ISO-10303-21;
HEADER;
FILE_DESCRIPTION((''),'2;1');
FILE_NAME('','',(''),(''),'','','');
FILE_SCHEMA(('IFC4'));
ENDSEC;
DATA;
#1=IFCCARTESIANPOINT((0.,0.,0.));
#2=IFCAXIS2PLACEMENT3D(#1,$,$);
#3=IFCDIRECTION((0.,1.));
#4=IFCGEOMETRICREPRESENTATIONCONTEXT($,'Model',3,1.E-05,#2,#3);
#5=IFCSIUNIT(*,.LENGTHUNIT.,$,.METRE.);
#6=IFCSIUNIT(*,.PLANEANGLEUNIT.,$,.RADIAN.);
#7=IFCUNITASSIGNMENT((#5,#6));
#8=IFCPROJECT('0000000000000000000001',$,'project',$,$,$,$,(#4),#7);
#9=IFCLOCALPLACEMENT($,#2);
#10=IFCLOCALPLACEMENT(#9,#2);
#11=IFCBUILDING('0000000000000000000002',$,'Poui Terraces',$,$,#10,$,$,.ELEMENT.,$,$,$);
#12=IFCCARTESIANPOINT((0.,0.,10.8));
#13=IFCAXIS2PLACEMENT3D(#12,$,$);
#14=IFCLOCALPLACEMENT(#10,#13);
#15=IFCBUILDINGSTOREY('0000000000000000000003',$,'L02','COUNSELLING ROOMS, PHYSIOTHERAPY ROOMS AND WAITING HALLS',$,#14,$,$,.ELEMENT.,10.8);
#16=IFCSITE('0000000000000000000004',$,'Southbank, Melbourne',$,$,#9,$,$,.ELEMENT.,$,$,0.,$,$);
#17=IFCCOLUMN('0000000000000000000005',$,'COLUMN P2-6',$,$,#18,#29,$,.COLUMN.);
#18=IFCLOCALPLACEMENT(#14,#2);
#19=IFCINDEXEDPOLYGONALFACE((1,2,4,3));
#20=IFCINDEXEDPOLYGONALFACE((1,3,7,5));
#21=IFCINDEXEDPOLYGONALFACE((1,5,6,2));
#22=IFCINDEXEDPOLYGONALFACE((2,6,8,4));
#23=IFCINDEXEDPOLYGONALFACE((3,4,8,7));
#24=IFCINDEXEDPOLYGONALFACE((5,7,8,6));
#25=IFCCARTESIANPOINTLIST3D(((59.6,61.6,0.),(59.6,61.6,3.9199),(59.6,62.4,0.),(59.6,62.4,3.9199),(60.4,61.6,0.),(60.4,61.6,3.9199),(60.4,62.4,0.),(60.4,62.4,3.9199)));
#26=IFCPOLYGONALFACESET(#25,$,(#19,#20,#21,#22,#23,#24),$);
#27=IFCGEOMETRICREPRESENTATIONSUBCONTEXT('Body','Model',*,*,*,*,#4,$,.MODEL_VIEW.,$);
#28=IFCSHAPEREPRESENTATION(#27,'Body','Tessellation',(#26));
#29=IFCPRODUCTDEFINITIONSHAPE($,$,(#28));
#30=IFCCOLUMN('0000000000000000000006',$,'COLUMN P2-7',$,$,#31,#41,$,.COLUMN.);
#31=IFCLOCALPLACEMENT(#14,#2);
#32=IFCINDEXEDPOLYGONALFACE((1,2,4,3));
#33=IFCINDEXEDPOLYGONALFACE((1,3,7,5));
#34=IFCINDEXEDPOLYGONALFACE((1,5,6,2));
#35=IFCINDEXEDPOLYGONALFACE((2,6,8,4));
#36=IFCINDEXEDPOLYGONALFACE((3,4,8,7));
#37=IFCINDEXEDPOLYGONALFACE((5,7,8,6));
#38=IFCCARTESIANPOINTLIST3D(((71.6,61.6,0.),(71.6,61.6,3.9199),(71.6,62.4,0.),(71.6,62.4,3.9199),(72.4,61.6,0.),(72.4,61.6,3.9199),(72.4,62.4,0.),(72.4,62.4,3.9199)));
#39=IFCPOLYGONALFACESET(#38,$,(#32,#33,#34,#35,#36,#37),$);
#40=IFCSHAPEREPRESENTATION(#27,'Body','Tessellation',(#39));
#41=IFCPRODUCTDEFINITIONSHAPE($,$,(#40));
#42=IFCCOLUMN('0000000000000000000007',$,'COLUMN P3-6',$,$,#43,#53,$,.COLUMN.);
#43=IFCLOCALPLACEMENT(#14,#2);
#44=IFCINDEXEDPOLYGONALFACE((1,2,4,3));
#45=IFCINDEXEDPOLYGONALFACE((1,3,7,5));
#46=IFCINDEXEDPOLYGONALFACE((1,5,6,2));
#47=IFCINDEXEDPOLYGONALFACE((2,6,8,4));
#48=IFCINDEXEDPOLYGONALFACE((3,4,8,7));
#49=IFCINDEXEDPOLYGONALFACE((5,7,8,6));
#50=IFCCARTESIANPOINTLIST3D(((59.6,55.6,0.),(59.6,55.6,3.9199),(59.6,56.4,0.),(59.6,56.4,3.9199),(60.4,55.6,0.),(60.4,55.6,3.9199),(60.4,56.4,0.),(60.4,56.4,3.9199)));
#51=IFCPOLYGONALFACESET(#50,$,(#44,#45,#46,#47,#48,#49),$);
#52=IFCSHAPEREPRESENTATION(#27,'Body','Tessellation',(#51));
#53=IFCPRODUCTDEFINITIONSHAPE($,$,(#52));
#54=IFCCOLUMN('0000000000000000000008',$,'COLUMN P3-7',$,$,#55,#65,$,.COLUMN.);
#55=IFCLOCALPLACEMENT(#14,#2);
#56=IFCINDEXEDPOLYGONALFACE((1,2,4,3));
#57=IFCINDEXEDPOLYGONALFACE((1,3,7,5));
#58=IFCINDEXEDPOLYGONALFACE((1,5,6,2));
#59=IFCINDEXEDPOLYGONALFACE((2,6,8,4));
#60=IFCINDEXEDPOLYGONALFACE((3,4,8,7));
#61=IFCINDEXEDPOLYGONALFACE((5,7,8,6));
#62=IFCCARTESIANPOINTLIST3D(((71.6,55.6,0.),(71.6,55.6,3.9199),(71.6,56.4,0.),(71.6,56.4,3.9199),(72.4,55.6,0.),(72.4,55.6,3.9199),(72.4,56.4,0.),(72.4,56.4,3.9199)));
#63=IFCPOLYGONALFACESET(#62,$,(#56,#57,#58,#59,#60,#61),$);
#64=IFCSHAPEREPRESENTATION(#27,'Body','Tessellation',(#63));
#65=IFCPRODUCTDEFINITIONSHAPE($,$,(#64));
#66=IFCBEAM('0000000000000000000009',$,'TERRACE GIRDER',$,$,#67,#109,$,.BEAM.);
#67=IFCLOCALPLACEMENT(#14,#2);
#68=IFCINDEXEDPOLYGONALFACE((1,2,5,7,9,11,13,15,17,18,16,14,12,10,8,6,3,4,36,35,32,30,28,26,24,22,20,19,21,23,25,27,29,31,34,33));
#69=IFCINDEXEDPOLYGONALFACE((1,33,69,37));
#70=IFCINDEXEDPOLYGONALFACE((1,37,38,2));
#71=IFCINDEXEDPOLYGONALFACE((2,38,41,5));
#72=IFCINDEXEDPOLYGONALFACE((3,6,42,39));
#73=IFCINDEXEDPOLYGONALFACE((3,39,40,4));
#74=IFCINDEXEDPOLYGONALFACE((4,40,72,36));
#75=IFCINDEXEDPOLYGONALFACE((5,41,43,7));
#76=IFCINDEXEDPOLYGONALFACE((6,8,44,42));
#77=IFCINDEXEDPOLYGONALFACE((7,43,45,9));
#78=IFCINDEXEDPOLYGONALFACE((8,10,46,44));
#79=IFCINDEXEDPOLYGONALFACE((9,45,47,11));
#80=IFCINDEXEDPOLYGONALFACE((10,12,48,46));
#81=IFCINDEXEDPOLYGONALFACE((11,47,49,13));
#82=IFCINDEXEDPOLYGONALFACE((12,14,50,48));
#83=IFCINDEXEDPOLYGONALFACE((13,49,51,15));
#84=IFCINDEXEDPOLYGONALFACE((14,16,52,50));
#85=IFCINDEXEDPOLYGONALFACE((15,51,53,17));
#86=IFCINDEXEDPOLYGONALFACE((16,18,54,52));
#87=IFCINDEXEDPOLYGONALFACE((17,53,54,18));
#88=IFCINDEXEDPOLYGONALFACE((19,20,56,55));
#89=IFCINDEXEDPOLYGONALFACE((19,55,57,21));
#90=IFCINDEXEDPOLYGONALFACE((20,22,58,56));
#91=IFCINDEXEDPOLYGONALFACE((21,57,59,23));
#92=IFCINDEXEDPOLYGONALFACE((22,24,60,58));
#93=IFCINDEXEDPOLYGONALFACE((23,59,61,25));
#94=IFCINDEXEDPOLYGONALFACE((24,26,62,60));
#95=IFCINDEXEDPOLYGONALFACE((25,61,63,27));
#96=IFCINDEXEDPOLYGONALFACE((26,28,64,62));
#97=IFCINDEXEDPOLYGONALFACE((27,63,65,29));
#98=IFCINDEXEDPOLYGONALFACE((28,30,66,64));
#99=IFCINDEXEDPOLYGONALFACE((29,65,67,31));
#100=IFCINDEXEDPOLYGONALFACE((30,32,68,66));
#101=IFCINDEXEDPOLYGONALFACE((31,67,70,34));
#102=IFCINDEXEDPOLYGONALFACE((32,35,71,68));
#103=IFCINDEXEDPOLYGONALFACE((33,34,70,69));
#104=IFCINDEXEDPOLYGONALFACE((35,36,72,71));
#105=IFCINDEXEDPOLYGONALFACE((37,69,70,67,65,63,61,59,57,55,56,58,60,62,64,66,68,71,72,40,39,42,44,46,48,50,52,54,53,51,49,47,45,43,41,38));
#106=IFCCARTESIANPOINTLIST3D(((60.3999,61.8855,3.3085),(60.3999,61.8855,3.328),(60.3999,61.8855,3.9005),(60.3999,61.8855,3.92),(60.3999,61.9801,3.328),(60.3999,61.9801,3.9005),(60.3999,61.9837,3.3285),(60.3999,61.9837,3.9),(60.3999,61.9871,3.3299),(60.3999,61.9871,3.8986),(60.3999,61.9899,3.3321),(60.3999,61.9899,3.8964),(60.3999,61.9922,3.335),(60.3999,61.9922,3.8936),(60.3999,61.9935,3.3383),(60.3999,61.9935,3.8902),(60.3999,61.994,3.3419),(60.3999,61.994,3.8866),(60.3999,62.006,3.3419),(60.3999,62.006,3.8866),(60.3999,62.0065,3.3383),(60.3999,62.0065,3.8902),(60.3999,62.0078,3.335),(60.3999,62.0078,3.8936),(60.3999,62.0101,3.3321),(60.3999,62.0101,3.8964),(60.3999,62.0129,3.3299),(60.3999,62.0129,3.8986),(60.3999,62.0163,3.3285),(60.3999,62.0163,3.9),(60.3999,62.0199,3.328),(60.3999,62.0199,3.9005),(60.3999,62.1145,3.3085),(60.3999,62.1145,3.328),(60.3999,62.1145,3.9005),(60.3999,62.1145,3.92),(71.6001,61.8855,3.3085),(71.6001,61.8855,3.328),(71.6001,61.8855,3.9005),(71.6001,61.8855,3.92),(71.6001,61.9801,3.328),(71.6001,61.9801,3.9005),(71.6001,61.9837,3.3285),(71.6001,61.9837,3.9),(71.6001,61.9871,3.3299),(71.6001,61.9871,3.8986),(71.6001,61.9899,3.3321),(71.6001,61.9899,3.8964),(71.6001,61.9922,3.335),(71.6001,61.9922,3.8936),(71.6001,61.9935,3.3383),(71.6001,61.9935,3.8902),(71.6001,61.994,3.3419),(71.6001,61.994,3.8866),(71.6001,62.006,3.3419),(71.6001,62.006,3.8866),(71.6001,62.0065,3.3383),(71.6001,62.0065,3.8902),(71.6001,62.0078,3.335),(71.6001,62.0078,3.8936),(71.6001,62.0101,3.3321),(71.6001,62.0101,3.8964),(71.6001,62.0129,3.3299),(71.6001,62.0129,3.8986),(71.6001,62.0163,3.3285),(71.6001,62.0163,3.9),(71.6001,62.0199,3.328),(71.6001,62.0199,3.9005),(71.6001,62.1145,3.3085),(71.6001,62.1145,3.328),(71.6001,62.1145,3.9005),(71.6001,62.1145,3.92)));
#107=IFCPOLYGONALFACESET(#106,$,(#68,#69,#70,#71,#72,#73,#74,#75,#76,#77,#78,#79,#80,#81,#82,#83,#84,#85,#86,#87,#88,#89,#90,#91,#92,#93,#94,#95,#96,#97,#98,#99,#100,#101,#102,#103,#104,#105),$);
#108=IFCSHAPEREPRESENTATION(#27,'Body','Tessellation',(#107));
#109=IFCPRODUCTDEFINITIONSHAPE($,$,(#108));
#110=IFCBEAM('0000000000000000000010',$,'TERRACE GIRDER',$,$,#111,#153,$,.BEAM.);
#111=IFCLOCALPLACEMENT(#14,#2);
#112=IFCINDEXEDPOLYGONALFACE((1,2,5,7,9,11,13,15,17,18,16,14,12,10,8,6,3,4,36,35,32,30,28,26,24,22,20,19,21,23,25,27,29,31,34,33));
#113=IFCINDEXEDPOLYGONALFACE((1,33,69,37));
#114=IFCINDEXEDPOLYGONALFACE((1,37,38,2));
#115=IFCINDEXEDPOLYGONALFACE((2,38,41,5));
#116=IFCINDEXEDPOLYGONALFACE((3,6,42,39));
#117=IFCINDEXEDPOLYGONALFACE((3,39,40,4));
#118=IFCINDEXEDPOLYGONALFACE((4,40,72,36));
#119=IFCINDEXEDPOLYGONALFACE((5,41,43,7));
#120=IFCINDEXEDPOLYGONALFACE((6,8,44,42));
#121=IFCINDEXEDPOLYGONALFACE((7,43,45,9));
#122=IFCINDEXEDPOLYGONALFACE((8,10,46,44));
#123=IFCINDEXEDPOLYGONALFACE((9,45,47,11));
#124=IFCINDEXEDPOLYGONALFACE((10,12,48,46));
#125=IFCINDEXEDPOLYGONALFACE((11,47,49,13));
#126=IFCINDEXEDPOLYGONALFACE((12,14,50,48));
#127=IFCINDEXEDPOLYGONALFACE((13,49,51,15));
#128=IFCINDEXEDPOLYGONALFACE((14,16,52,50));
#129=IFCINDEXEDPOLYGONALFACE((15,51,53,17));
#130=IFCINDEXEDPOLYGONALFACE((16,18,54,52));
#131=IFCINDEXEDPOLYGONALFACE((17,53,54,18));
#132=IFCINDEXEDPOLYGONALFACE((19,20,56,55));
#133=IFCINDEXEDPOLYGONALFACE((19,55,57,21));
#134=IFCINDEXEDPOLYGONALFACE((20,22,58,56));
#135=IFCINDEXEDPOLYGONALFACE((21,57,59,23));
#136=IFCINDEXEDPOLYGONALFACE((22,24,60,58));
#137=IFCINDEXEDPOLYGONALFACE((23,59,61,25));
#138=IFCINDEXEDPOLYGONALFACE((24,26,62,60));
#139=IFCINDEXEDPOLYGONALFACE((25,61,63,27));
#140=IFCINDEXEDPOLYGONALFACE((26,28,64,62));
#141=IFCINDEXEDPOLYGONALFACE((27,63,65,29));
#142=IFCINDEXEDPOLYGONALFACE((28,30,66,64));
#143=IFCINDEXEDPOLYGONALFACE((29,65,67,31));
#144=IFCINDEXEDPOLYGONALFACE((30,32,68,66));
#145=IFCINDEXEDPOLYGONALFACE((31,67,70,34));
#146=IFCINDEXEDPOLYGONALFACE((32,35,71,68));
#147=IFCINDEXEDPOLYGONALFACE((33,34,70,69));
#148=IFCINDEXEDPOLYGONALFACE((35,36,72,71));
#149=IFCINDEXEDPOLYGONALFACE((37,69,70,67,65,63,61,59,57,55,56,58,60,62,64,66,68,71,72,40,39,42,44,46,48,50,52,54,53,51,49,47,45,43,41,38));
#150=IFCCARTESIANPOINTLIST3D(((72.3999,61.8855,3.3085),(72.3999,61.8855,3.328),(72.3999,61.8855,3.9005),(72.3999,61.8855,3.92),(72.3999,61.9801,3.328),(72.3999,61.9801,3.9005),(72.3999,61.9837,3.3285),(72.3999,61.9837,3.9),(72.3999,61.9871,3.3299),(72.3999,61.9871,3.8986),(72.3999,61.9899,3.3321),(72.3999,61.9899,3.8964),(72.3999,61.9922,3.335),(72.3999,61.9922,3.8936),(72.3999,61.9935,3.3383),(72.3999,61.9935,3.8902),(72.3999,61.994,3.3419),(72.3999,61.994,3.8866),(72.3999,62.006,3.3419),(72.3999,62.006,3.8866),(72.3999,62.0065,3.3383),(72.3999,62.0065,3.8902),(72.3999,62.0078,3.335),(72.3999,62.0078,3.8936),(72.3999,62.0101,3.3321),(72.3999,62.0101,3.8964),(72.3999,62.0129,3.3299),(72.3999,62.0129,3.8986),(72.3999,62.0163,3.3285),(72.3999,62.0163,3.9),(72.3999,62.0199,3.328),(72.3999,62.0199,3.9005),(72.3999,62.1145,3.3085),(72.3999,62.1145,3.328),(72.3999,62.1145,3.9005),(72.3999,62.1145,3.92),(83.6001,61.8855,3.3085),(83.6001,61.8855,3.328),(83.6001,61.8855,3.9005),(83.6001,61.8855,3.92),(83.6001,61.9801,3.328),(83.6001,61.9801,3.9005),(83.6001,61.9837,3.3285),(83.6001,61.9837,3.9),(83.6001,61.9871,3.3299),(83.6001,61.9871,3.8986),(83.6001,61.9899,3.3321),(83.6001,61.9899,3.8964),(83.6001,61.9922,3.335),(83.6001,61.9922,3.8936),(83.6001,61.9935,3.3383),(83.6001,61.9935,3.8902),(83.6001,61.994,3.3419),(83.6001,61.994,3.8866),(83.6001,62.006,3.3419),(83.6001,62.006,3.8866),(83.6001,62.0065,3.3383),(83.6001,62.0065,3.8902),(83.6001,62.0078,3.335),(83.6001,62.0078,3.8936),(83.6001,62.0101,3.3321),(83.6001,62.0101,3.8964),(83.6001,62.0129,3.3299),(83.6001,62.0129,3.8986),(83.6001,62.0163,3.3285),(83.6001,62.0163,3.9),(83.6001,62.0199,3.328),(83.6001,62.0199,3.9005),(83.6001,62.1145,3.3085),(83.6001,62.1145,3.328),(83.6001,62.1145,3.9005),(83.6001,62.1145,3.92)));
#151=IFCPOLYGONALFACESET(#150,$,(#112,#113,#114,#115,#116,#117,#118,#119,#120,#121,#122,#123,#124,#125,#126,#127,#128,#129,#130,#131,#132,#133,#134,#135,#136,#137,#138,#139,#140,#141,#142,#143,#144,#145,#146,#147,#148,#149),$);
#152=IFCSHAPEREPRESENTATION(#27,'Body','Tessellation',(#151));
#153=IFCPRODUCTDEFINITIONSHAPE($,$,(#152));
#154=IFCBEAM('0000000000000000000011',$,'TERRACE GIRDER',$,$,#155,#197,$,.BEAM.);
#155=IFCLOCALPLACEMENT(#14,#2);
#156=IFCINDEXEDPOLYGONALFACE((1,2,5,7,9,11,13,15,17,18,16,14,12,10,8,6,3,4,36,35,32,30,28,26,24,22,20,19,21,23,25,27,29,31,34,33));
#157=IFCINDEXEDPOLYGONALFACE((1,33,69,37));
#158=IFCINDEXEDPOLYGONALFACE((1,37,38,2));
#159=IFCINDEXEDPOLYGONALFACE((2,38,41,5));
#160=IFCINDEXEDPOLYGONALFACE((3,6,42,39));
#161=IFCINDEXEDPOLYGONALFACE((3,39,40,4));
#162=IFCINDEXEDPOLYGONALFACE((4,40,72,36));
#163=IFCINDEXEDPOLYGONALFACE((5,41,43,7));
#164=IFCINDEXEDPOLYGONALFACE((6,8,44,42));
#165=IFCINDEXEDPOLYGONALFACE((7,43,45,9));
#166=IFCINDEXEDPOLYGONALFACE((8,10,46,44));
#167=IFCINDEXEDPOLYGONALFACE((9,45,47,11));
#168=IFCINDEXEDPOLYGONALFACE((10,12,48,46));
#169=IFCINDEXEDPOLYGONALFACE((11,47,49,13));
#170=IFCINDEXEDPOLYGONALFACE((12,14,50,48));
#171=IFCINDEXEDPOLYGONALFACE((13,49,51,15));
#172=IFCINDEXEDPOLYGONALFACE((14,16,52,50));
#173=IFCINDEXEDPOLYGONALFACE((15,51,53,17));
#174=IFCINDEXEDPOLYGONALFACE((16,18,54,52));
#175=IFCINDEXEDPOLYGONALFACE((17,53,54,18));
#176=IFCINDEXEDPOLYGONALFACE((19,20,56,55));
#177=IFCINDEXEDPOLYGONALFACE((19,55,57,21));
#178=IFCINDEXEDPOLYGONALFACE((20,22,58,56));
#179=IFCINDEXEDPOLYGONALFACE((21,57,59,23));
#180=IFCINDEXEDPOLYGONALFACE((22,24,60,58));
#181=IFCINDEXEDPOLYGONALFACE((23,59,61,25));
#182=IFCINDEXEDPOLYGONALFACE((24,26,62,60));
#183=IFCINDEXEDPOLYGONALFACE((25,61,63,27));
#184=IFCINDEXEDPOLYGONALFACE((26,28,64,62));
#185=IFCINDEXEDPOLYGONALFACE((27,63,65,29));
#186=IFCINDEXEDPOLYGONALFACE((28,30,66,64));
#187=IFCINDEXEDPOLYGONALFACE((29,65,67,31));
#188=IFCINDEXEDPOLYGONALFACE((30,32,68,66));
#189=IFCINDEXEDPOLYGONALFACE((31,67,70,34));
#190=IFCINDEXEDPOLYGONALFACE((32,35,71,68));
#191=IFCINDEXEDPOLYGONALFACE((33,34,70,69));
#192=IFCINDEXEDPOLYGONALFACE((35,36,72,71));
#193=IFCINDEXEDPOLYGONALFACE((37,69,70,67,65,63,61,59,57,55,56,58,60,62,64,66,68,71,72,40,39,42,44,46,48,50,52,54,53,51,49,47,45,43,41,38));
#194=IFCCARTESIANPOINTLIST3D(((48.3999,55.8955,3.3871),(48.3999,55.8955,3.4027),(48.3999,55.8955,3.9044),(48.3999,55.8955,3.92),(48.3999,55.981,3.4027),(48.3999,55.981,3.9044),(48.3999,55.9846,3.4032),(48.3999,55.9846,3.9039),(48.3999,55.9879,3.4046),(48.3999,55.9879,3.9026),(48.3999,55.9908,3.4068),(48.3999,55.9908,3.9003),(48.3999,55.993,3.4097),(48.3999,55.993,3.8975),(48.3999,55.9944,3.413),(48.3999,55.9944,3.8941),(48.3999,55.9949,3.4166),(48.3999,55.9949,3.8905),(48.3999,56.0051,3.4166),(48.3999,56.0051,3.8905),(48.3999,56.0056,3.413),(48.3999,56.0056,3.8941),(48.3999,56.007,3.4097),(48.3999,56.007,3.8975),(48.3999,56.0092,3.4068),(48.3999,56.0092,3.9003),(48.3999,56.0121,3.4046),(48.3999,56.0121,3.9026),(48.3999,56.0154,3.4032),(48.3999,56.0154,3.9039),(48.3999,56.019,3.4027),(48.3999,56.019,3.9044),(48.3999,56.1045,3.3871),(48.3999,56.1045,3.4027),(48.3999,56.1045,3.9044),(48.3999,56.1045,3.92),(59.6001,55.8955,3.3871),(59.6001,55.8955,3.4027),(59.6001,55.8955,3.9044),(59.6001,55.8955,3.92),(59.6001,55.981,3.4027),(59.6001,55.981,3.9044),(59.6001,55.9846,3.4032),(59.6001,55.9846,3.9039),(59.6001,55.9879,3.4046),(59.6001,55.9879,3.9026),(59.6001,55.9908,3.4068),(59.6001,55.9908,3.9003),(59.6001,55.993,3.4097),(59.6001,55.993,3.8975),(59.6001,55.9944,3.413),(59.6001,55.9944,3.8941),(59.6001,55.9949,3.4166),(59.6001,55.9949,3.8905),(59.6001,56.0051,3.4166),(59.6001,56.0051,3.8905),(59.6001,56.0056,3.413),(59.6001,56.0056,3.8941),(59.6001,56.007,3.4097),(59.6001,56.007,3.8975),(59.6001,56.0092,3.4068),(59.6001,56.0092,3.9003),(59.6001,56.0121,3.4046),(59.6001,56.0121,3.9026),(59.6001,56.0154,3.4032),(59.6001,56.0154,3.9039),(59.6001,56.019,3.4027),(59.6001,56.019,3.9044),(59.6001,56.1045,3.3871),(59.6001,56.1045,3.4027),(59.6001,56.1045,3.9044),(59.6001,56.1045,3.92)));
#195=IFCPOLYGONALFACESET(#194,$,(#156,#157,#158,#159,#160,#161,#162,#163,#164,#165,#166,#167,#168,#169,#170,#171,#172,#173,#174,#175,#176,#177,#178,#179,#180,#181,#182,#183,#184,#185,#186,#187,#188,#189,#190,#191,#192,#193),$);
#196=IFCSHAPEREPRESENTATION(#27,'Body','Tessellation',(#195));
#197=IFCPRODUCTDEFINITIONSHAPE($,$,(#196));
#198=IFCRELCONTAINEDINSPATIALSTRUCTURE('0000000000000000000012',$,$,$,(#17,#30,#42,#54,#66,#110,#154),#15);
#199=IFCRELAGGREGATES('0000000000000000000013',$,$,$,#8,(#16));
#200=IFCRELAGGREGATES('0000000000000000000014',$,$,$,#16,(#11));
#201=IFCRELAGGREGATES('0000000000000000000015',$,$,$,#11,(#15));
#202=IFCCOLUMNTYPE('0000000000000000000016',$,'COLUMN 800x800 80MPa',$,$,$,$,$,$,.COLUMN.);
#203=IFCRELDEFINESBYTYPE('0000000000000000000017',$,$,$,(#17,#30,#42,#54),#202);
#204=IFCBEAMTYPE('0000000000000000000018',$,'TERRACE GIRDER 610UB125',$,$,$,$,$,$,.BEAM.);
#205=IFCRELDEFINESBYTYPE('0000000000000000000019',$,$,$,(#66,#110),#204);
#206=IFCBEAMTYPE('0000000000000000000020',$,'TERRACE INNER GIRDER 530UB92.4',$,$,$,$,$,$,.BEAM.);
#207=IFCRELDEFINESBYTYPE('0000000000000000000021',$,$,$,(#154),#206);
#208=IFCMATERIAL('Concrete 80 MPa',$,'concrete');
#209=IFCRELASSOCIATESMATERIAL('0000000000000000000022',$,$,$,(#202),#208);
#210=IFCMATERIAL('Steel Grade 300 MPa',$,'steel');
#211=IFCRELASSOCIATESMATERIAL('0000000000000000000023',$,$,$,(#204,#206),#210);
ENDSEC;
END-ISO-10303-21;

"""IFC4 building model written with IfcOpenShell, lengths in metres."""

from ifc_helpers import new_model, si_unit, direction, frame, origin, origin_2d, place, context, subcontext, project, spatial, rectangle, i_section, extrude, source, transform, mapped, material, material_profile, profile_set, type_object, element, save


model = new_model("IFC4")

# Units and contexts
model_context = context("Model", 3, precision=1e-05, world=origin(), true_north=direction((0.0, 1.0)))
body_context = subcontext(model_context, "Body", "Model", "MODEL_VIEW")
ifc_project = project(units=[si_unit("LENGTHUNIT", "METRE"), si_unit("PLANEANGLEUNIT", "RADIAN")], contexts=[model_context])

# Site, building, storey
site_placement = place(None, origin())
site = spatial("IfcSite", under=ifc_project, at=site_placement, Name="Southbank, Melbourne", CompositionType="ELEMENT", RefElevation=0.0)
building_placement = place(site_placement, origin())
building = spatial("IfcBuilding", under=site, at=building_placement, Name="Poui Terraces", CompositionType="ELEMENT")
storey_placement = place(building_placement, frame((0.0, 0.0, 10.8)))
storey = spatial("IfcBuildingStorey", under=building, at=storey_placement, Name="L02", Description="COUNSELLING ROOMS, PHYSIOTHERAPY ROOMS AND WAITING HALLS", CompositionType="ELEMENT", Elevation=10.8)

# Columns
ifc_material_1 = material(Name="Concrete 80 MPa", Category="concrete")
ifc_material_profile_1 = material_profile(ifc_material_1, rectangle(XDim=0.8, YDim=0.8, at=origin_2d()), Name="RC 800x800")
ifc_profile_set_1 = profile_set([ifc_material_profile_1], Name="Concrete 80 MPa")
column_type = type_object("IfcColumnType", Name="COLUMN 800x800 80MPa", PredefinedType="COLUMN", material=ifc_profile_set_1)
shared_shape_1 = source(origin(), body_context, "Body", "SweptSolid", [
    extrude(rectangle(XDim=0.8, YDim=0.8, at=origin_2d()), origin(), (0.0, 0.0, 1.0), 3.9199),
])
for number, where, z_axis, x_axis, name in (
    (1, (60.0, 62.0, 0.0), (0.0, 0.0, 1.0), (1.0, 0.0, 0.0), "COLUMN P2-6"),
    (2, (72.0, 62.0, 0.0), (0.0, 0.0, 1.0), (1.0, 0.0, 0.0), "COLUMN P2-7"),
    (3, (60.0, 56.0, 0.0), (0.0, 0.0, 1.0), (1.0, 0.0, 0.0), "COLUMN P3-6"),
    (4, (72.0, 56.0, 0.0), (0.0, 0.0, 1.0), (1.0, 0.0, 0.0), "COLUMN P3-7"),
):
    element("IfcColumn", number, at=place(storey_placement, frame(where, z_axis=z_axis, x_axis=x_axis)), inside=storey, type_object=column_type, Name=name, PredefinedType="COLUMN", context=body_context, shape_type="MappedRepresentation", body=[
        mapped(shared_shape_1, transform((0.0, 0.0, 0.0))),
    ])

# Beams
ifc_material_2 = material(Name="Steel Grade 300 MPa", Category="steel")
ifc_material_profile_2 = material_profile(ifc_material_2, i_section(OverallWidth=0.229, OverallDepth=0.6116, WebThickness=0.012, FlangeThickness=0.0195, FilletRadius=0.0139, at=origin_2d()), Name="610UB125")
ifc_profile_set_2 = profile_set([ifc_material_profile_2], Name="Steel Grade 300 MPa")
beam_type_1 = type_object("IfcBeamType", Name="TERRACE GIRDER 610UB125", PredefinedType="BEAM", material=ifc_profile_set_2)
shared_shape_2 = source(origin(), body_context, "Body", "SweptSolid", [
    extrude(i_section(OverallWidth=0.229, OverallDepth=0.6116, WebThickness=0.012, FlangeThickness=0.0195, FilletRadius=0.0139, at=origin_2d()), origin(), (0.0, 0.0, 1.0), 11.2002),
])
for number, where, z_axis, x_axis, name in (
    (5, (60.3999, 62.0, 3.6143), (1.0, 0.0, 0.0), (0.0, 1.0, 0.0), "TERRACE GIRDER"),
    (6, (72.3999, 62.0, 3.6143), (1.0, 0.0, 0.0), (0.0, 1.0, 0.0), "TERRACE GIRDER"),
):
    element("IfcBeam", number, at=place(storey_placement, frame(where, z_axis=z_axis, x_axis=x_axis)), inside=storey, type_object=beam_type_1, Name=name, PredefinedType="BEAM", context=body_context, shape_type="MappedRepresentation", body=[
        mapped(shared_shape_2, transform((0.0, 0.0, 0.0))),
    ])
ifc_material_profile_3 = material_profile(ifc_material_2, i_section(OverallWidth=0.209, OverallDepth=0.533, WebThickness=0.0103, FlangeThickness=0.0156, FilletRadius=0.0139, at=origin_2d()), Name="530UB92.4")
ifc_profile_set_3 = profile_set([ifc_material_profile_3], Name="Steel Grade 300 MPa")
beam_type_2 = type_object("IfcBeamType", Name="TERRACE INNER GIRDER 530UB92.4", PredefinedType="BEAM", material=ifc_profile_set_3)
shared_shape_3 = source(origin(), body_context, "Body", "SweptSolid", [
    extrude(i_section(OverallWidth=0.209, OverallDepth=0.533, WebThickness=0.0103, FlangeThickness=0.0156, FilletRadius=0.0139, at=origin_2d()), origin(), (0.0, 0.0, 1.0), 11.2002),
])
for number, where, z_axis, x_axis, name in (
    (7, (48.3999, 56.0, 3.6536), (1.0, 0.0, 0.0), (0.0, 1.0, 0.0), "TERRACE GIRDER"),
):
    element("IfcBeam", number, at=place(storey_placement, frame(where, z_axis=z_axis, x_axis=x_axis)), inside=storey, type_object=beam_type_2, Name=name, PredefinedType="BEAM", context=body_context, shape_type="MappedRepresentation", body=[
        mapped(shared_shape_3, transform((0.0, 0.0, 0.0))),
    ])

save(model, "model.ifc")
